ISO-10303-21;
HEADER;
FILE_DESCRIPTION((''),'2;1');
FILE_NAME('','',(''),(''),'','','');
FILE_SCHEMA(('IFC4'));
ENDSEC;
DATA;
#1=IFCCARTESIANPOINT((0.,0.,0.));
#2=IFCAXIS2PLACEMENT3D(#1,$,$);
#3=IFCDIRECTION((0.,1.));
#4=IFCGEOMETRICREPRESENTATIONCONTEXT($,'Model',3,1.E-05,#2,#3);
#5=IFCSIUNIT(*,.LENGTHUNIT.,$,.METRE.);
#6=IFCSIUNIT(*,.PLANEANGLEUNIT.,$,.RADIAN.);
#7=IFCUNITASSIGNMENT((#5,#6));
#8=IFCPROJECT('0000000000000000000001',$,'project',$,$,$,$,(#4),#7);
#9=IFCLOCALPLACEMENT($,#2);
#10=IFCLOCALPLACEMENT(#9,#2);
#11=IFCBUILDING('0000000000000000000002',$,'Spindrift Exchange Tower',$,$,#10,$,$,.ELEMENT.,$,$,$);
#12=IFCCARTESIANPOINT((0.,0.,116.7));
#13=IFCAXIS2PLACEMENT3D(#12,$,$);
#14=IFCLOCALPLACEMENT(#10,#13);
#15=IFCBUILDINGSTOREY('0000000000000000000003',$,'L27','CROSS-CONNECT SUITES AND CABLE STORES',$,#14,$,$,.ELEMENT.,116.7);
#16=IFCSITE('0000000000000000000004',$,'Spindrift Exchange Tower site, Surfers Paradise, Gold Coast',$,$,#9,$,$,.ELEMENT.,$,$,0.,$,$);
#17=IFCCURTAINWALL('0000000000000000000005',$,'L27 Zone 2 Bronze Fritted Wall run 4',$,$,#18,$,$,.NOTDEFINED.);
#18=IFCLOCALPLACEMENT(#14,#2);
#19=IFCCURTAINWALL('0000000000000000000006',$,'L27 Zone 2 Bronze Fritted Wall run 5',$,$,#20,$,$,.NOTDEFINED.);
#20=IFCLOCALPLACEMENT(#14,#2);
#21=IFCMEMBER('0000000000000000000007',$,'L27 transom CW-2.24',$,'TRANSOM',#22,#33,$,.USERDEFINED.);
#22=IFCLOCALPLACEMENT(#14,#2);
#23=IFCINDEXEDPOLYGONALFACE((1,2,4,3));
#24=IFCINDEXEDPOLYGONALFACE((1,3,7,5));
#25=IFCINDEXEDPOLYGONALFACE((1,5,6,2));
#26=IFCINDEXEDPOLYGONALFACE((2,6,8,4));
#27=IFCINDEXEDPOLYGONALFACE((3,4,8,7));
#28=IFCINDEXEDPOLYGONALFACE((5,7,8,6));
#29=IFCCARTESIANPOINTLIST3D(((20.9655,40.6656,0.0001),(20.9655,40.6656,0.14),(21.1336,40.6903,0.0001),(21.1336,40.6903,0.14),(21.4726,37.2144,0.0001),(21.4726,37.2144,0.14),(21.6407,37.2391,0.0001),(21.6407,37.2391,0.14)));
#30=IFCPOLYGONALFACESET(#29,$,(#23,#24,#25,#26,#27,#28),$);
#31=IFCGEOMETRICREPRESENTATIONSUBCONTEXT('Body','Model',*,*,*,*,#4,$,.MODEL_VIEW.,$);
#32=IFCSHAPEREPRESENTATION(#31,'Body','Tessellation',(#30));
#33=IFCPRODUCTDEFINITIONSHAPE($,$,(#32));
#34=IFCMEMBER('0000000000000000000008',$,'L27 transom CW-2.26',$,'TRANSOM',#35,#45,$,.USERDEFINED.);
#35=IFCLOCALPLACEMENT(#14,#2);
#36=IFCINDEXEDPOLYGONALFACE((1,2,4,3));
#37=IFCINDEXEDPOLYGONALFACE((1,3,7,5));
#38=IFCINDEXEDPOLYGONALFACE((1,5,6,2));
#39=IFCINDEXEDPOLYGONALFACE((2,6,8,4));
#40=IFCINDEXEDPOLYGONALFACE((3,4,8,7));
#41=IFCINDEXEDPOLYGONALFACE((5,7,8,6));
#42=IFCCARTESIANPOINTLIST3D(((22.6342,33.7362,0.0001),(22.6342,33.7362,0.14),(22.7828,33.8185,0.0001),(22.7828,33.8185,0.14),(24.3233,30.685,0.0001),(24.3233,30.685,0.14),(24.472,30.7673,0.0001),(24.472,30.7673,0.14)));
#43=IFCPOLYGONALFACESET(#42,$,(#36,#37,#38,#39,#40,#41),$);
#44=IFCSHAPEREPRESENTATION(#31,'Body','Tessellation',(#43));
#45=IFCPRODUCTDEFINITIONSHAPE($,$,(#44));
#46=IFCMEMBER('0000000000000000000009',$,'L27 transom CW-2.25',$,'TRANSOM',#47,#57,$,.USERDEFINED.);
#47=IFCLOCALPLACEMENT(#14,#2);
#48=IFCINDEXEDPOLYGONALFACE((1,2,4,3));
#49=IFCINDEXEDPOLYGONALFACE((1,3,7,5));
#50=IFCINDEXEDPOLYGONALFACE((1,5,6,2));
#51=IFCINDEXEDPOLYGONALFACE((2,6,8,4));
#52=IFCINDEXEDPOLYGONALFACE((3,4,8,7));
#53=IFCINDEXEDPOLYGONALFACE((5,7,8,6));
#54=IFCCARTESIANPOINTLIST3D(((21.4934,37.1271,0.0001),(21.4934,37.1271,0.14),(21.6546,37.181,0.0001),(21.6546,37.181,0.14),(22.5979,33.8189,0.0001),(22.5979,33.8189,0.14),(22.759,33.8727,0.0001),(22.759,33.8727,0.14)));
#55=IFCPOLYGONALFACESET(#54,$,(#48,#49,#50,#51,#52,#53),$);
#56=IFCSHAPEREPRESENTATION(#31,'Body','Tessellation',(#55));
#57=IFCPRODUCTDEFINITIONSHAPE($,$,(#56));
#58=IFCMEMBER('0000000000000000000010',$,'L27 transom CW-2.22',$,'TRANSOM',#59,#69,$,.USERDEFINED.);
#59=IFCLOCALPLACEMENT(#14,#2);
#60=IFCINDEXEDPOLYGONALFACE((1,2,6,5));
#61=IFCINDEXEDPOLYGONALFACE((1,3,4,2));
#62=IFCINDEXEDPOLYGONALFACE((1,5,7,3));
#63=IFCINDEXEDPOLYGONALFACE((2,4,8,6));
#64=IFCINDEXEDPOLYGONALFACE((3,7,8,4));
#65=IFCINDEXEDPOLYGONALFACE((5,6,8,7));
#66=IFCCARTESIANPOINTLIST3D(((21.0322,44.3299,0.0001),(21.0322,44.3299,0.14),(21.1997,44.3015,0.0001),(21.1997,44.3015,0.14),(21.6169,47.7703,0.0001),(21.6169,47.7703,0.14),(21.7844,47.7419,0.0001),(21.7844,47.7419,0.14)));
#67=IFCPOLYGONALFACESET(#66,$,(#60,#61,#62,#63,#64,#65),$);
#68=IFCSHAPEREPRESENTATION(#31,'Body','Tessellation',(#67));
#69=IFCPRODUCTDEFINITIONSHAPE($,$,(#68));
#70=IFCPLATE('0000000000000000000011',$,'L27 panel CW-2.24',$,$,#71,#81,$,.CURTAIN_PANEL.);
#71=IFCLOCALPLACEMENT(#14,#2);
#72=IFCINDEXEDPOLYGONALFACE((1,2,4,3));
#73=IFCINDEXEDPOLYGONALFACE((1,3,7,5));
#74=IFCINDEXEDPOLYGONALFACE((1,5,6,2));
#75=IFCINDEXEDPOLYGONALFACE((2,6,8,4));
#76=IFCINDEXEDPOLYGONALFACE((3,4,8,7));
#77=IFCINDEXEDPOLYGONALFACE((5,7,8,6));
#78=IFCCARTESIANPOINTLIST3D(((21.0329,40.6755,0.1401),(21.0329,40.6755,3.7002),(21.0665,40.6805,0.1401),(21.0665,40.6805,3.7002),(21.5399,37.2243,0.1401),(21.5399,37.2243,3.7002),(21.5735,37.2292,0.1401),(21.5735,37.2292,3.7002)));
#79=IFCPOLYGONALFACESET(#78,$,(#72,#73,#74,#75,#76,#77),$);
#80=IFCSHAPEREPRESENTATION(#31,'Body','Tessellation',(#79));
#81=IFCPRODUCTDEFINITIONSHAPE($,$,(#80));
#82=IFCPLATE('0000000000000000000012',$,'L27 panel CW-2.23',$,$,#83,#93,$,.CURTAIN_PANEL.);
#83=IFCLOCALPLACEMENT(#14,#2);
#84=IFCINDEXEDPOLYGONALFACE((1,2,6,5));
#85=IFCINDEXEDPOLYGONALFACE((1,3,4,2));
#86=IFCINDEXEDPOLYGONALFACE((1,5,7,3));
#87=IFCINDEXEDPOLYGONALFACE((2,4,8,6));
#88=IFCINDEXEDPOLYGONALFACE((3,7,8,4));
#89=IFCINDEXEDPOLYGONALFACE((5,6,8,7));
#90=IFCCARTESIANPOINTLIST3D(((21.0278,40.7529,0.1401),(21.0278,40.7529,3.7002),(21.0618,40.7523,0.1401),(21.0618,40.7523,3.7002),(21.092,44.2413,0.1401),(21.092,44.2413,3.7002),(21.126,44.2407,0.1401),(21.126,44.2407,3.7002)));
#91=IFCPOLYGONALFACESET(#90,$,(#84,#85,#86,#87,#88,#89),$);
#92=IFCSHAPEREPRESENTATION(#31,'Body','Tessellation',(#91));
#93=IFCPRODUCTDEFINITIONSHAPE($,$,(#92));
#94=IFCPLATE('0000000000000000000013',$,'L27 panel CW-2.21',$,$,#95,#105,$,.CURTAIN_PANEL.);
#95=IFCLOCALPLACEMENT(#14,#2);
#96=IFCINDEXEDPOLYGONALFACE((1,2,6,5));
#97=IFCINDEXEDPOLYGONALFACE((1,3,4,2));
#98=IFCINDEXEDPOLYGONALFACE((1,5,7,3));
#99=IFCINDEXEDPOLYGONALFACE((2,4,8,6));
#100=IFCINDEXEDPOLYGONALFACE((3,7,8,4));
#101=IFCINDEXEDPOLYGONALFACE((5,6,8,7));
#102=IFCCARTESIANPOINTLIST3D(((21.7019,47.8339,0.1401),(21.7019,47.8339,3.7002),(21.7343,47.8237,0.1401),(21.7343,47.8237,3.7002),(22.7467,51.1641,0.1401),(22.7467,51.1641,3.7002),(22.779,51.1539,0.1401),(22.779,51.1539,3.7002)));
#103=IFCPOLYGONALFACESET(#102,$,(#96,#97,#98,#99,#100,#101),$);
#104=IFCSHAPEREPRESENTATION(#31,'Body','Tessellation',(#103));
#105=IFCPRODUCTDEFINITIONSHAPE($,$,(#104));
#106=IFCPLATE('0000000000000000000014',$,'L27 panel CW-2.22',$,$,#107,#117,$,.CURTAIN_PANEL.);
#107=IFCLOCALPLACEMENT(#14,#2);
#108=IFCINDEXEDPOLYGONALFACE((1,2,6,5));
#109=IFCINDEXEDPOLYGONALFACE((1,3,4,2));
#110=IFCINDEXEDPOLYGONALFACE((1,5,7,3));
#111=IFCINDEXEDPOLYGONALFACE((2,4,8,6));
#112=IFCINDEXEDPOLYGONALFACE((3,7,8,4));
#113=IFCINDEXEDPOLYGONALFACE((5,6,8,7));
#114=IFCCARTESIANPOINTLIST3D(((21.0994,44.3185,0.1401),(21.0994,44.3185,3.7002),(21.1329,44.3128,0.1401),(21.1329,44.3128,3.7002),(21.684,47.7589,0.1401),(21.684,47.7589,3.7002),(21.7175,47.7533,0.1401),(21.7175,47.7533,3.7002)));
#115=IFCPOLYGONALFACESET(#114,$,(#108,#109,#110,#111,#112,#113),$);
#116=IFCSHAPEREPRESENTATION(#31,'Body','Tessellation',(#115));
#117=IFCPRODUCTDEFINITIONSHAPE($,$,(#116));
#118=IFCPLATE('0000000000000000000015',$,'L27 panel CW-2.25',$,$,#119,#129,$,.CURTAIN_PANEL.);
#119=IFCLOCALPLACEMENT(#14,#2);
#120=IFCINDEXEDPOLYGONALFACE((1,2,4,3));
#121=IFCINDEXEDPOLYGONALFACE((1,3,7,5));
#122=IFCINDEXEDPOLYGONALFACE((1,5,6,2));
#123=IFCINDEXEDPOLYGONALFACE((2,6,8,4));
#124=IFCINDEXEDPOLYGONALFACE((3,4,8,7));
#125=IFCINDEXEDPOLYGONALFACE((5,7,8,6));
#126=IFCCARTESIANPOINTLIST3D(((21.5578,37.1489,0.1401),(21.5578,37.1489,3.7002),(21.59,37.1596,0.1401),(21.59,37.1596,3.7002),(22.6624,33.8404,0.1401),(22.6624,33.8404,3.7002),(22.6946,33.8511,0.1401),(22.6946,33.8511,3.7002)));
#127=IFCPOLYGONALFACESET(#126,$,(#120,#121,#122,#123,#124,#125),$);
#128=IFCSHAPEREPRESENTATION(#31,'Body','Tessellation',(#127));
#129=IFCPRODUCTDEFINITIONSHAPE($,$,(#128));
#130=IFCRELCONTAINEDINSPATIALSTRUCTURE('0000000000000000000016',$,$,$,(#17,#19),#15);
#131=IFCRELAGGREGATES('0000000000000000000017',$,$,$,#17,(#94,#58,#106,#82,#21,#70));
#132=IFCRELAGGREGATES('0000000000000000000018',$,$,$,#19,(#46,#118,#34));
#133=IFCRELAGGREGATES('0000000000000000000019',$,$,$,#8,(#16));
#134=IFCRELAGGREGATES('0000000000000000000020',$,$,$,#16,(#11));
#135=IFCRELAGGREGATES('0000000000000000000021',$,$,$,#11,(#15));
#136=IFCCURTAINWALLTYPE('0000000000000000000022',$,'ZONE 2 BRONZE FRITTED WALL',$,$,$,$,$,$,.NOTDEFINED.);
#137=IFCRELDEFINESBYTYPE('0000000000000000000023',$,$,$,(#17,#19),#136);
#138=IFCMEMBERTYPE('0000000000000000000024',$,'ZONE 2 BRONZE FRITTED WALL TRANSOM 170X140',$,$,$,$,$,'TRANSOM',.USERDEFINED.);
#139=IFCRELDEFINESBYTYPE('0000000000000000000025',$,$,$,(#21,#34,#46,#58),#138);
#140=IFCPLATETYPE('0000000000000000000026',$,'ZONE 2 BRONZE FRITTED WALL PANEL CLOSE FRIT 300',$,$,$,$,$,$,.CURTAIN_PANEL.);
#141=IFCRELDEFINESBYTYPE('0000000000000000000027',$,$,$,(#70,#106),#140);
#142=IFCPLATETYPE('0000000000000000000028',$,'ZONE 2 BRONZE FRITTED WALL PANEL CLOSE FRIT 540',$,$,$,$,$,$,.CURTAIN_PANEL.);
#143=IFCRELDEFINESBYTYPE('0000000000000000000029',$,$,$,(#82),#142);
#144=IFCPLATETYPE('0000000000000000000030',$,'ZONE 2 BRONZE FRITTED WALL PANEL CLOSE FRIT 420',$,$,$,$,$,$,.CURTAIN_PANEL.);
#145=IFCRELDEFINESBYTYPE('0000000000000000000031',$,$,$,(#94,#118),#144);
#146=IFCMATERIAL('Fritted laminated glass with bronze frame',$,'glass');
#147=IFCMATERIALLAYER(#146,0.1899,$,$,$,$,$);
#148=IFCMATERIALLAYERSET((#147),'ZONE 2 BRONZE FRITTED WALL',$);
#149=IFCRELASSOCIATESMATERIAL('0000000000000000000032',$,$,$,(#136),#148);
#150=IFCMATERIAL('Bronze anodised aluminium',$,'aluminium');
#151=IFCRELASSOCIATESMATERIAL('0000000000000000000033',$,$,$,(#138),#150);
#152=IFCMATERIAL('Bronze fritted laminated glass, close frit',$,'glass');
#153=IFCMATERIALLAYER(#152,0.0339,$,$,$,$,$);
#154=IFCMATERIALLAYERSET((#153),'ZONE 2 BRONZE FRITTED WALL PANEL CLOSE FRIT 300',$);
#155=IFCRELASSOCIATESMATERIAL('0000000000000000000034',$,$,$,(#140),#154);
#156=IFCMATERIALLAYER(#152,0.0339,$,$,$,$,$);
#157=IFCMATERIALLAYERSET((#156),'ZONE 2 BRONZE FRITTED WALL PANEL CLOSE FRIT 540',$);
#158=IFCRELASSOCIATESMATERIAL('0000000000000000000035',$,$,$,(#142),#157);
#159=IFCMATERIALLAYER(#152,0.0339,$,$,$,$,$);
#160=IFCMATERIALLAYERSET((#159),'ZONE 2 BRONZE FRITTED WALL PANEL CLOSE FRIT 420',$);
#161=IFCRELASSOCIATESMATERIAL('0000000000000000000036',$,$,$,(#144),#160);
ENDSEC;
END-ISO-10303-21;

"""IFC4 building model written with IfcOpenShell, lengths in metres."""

from ifc_helpers import new_model, si_unit, direction, frame, origin, origin_2d, place, context, subcontext, project, spatial, rectangle, extrude, source, transform, mapped, material, layer, layer_set, material_profile, profile_set, type_object, element, aggregate, save


model = new_model("IFC4")

# Units and contexts
model_context = context("Model", 3, precision=1e-05, world=origin(), true_north=direction((0.0, 1.0)))
body_context = subcontext(model_context, "Body", "Model", "MODEL_VIEW")
ifc_project = project(units=[si_unit("LENGTHUNIT", "METRE"), si_unit("PLANEANGLEUNIT", "RADIAN")], contexts=[model_context])

# Site, building, storey
site_placement = place(None, origin())
site = spatial("IfcSite", under=ifc_project, at=site_placement, Name="Spindrift Exchange Tower site, Surfers Paradise, Gold Coast", CompositionType="ELEMENT", RefElevation=0.0)
building_placement = place(site_placement, origin())
building = spatial("IfcBuilding", under=site, at=building_placement, Name="Spindrift Exchange Tower", CompositionType="ELEMENT")
storey_placement = place(building_placement, frame((0.0, 0.0, 116.7)))
storey = spatial("IfcBuildingStorey", under=building, at=storey_placement, Name="L27", Description="CROSS-CONNECT SUITES AND CABLE STORES", CompositionType="ELEMENT", Elevation=116.7)

# Curtain walls
ifc_material_1 = material(Name="Fritted laminated glass with bronze frame", Category="glass")
ifc_layer_1 = layer(ifc_material_1, 0.1899)
ifc_layer_set_1 = layer_set([ifc_layer_1], Name="ZONE 2 BRONZE FRITTED WALL")
curtain_wall_type = type_object("IfcCurtainWallType", Name="ZONE 2 BRONZE FRITTED WALL", PredefinedType="NOTDEFINED", material=ifc_layer_set_1)
curtain_wall_1_placement = place(storey_placement, origin())
curtain_wall_1 = element("IfcCurtainWall", 1, at=curtain_wall_1_placement, inside=storey, type_object=curtain_wall_type, Name="L27 Zone 2 Bronze Fritted Wall run 4", PredefinedType="NOTDEFINED")
ifc_material_2 = material(Name="Bronze anodised aluminium", Category="aluminium")
curtain_wall_2_placement = place(storey_placement, origin())
curtain_wall_2 = element("IfcCurtainWall", 2, at=curtain_wall_2_placement, inside=storey, type_object=curtain_wall_type, Name="L27 Zone 2 Bronze Fritted Wall run 5", PredefinedType="NOTDEFINED")

# Members
ifc_material_profile_1 = material_profile(ifc_material_2, rectangle(XDim=0.1699, YDim=0.1399, at=origin_2d()), Name="ZONE 2 BRONZE FRITTED WALL TRANSOM 170X140")
ifc_profile_set_1 = profile_set([ifc_material_profile_1], Name="Bronze anodised aluminium")
member_type_1 = type_object("IfcMemberType", Name="ZONE 2 BRONZE FRITTED WALL TRANSOM 170X140", ElementType="TRANSOM", PredefinedType="USERDEFINED", material=ifc_profile_set_1)
shared_shape_1 = source(origin(), body_context, "Body", "SweptSolid", [
    extrude(rectangle(XDim=0.1699, YDim=0.1399, at=origin_2d()), origin(), (0.0, 0.0, 1.0), 3.4883),
])
member_1_placement = place(storey_placement, frame((21.0496, 40.678, 0.0701), z_axis=(0.145369, -0.989377, 0.0), x_axis=(0.989377, 0.145369, 0.0)))
member_1 = element("IfcMember", 3, at=member_1_placement, type_object=member_type_1, Name="L27 transom CW-2.24", ObjectType="TRANSOM", PredefinedType="USERDEFINED", context=body_context, shape_type="MappedRepresentation", body=[
    mapped(shared_shape_1, transform((0.0, 0.0, 0.0), scale=1.0)),
])
shared_shape_2 = source(origin(), body_context, "Body", "SweptSolid", [
    extrude(rectangle(XDim=0.1699, YDim=0.1399, at=origin_2d()), origin(), (0.0, 0.0, 1.0), 3.4875),
])
member_2_placement = place(storey_placement, frame((22.7085, 33.7773, 0.0701), z_axis=(0.484341, -0.874879, 0.0), x_axis=(0.874879, 0.484341, 0.0)))
member_2 = element("IfcMember", 4, at=member_2_placement, type_object=member_type_1, Name="L27 transom CW-2.26", ObjectType="TRANSOM", PredefinedType="USERDEFINED", context=body_context, shape_type="MappedRepresentation", body=[
    mapped(shared_shape_2, transform((0.0, 0.0, 0.0), scale=1.0)),
])
shared_shape_3 = source(origin(), body_context, "Body", "SweptSolid", [
    extrude(rectangle(XDim=0.1699, YDim=0.1399, at=origin_2d()), origin(), (0.0, 0.0, 1.0), 3.4878),
])
member_3_placement = place(storey_placement, frame((21.574, 37.1541, 0.0701), z_axis=(0.316669, -0.948536, 0.0), x_axis=(0.948536, 0.316669, 0.0)))
member_3 = element("IfcMember", 5, at=member_3_placement, type_object=member_type_1, Name="L27 transom CW-2.25", ObjectType="TRANSOM", PredefinedType="USERDEFINED", context=body_context, shape_type="MappedRepresentation", body=[
    mapped(shared_shape_3, transform((0.0, 0.0, 0.0), scale=1.0)),
])
shared_shape_4 = source(origin(), body_context, "Body", "SweptSolid", [
    extrude(rectangle(XDim=0.1699, YDim=0.1399, at=origin_2d()), origin(), (0.0, 0.0, 1.0), 3.4897),
])
member_4_placement = place(storey_placement, frame((21.7007, 47.7561, 0.0701), z_axis=(-0.167552, -0.985863, 0.0), x_axis=(0.985863, -0.167552, 0.0)))
member_4 = element("IfcMember", 6, at=member_4_placement, type_object=member_type_1, Name="L27 transom CW-2.22", ObjectType="TRANSOM", PredefinedType="USERDEFINED", context=body_context, shape_type="MappedRepresentation", body=[
    mapped(shared_shape_4, transform((0.0, 0.0, 0.0), scale=1.0)),
])

# Plates
ifc_material_3 = material(Name="Bronze fritted laminated glass, close frit", Category="glass")
ifc_layer_2 = layer(ifc_material_3, 0.0339)
ifc_layer_set_2 = layer_set([ifc_layer_2], Name="ZONE 2 BRONZE FRITTED WALL PANEL CLOSE FRIT 300")
plate_type_1 = type_object("IfcPlateType", Name="ZONE 2 BRONZE FRITTED WALL PANEL CLOSE FRIT 300", PredefinedType="CURTAIN_PANEL", material=ifc_layer_set_2)
shared_shape_5 = source(origin(), body_context, "Body", "SweptSolid", [
    extrude(rectangle(XDim=3.4883, YDim=0.0339, at=origin_2d()), origin(), (0.0, 0.0, 1.0), 3.5601),
])
plate_1_placement = place(storey_placement, frame((21.3032, 38.9524, 0.1401), z_axis=(0.0, 0.0, 1.0), x_axis=(0.145341, -0.989382, 0.0)))
plate_1 = element("IfcPlate", 7, at=plate_1_placement, type_object=plate_type_1, Name="L27 panel CW-2.24", PredefinedType="CURTAIN_PANEL", context=body_context, shape_type="MappedRepresentation", body=[
    mapped(shared_shape_5, transform((0.0, 0.0, 0.0), scale=1.0)),
])
ifc_layer_3 = layer(ifc_material_3, 0.0339)
ifc_layer_set_3 = layer_set([ifc_layer_3], Name="ZONE 2 BRONZE FRITTED WALL PANEL CLOSE FRIT 540")
plate_type_2 = type_object("IfcPlateType", Name="ZONE 2 BRONZE FRITTED WALL PANEL CLOSE FRIT 540", PredefinedType="CURTAIN_PANEL", material=ifc_layer_set_3)
shared_shape_6 = source(origin(), body_context, "Body", "SweptSolid", [
    extrude(rectangle(XDim=3.489, YDim=0.0339, at=origin_2d()), origin(), (0.0, 0.0, 1.0), 3.5601),
])
plate_2_placement = place(storey_placement, frame((21.0769, 42.4968, 0.1401), z_axis=(0.0, 0.0, 1.0), x_axis=(-0.018405, -0.999831, 0.0)))
plate_2 = element("IfcPlate", 8, at=plate_2_placement, type_object=plate_type_2, Name="L27 panel CW-2.23", PredefinedType="CURTAIN_PANEL", context=body_context, shape_type="MappedRepresentation", body=[
    mapped(shared_shape_6, transform((0.0, 0.0, 0.0), scale=1.0)),
])
ifc_layer_4 = layer(ifc_material_3, 0.0339)
ifc_layer_set_4 = layer_set([ifc_layer_4], Name="ZONE 2 BRONZE FRITTED WALL PANEL CLOSE FRIT 420")
plate_type_3 = type_object("IfcPlateType", Name="ZONE 2 BRONZE FRITTED WALL PANEL CLOSE FRIT 420", PredefinedType="CURTAIN_PANEL", material=ifc_layer_set_4)
shared_shape_7 = source(origin(), body_context, "Body", "SweptSolid", [
    extrude(rectangle(XDim=3.4902, YDim=0.0339, at=origin_2d()), origin(), (0.0, 0.0, 1.0), 3.5601),
])
plate_3_placement = place(storey_placement, frame((22.2405, 49.4939, 0.1401), z_axis=(0.0, 0.0, 1.0), x_axis=(-0.299332, -0.954149, 0.0)))
plate_3 = element("IfcPlate", 9, at=plate_3_placement, type_object=plate_type_3, Name="L27 panel CW-2.21", PredefinedType="CURTAIN_PANEL", context=body_context, shape_type="MappedRepresentation", body=[
    mapped(shared_shape_7, transform((0.0, 0.0, 0.0), scale=1.0)),
])
shared_shape_8 = source(origin(), body_context, "Body", "SweptSolid", [
    extrude(rectangle(XDim=3.4897, YDim=0.0339, at=origin_2d()), origin(), (0.0, 0.0, 1.0), 3.5601),
])
plate_4_placement = place(storey_placement, frame((21.4084, 46.0359, 0.1401), z_axis=(0.0, 0.0, 1.0), x_axis=(-0.167533, -0.985867, 0.0)))
plate_4 = element("IfcPlate", 10, at=plate_4_placement, type_object=plate_type_1, Name="L27 panel CW-2.22", PredefinedType="CURTAIN_PANEL", context=body_context, shape_type="MappedRepresentation", body=[
    mapped(shared_shape_8, transform((0.0, 0.0, 0.0), scale=1.0)),
])
aggregate(curtain_wall_1, [plate_3, member_4, plate_4, plate_2, member_1, plate_1])
shared_shape_9 = source(origin(), body_context, "Body", "SweptSolid", [
    extrude(rectangle(XDim=3.488, YDim=0.0339, at=origin_2d()), origin(), (0.0, 0.0, 1.0), 3.5601),
])
plate_5_placement = place(storey_placement, frame((22.1262, 35.5, 0.1401), z_axis=(0.0, 0.0, 1.0), x_axis=(0.316674, -0.948534, 0.0)))
plate_5 = element("IfcPlate", 11, at=plate_5_placement, type_object=plate_type_3, Name="L27 panel CW-2.25", PredefinedType="CURTAIN_PANEL", context=body_context, shape_type="MappedRepresentation", body=[
    mapped(shared_shape_9, transform((0.0, 0.0, 0.0), scale=1.0)),
])
aggregate(curtain_wall_2, [member_3, plate_5, member_2])

save(model, "model.ifc")
